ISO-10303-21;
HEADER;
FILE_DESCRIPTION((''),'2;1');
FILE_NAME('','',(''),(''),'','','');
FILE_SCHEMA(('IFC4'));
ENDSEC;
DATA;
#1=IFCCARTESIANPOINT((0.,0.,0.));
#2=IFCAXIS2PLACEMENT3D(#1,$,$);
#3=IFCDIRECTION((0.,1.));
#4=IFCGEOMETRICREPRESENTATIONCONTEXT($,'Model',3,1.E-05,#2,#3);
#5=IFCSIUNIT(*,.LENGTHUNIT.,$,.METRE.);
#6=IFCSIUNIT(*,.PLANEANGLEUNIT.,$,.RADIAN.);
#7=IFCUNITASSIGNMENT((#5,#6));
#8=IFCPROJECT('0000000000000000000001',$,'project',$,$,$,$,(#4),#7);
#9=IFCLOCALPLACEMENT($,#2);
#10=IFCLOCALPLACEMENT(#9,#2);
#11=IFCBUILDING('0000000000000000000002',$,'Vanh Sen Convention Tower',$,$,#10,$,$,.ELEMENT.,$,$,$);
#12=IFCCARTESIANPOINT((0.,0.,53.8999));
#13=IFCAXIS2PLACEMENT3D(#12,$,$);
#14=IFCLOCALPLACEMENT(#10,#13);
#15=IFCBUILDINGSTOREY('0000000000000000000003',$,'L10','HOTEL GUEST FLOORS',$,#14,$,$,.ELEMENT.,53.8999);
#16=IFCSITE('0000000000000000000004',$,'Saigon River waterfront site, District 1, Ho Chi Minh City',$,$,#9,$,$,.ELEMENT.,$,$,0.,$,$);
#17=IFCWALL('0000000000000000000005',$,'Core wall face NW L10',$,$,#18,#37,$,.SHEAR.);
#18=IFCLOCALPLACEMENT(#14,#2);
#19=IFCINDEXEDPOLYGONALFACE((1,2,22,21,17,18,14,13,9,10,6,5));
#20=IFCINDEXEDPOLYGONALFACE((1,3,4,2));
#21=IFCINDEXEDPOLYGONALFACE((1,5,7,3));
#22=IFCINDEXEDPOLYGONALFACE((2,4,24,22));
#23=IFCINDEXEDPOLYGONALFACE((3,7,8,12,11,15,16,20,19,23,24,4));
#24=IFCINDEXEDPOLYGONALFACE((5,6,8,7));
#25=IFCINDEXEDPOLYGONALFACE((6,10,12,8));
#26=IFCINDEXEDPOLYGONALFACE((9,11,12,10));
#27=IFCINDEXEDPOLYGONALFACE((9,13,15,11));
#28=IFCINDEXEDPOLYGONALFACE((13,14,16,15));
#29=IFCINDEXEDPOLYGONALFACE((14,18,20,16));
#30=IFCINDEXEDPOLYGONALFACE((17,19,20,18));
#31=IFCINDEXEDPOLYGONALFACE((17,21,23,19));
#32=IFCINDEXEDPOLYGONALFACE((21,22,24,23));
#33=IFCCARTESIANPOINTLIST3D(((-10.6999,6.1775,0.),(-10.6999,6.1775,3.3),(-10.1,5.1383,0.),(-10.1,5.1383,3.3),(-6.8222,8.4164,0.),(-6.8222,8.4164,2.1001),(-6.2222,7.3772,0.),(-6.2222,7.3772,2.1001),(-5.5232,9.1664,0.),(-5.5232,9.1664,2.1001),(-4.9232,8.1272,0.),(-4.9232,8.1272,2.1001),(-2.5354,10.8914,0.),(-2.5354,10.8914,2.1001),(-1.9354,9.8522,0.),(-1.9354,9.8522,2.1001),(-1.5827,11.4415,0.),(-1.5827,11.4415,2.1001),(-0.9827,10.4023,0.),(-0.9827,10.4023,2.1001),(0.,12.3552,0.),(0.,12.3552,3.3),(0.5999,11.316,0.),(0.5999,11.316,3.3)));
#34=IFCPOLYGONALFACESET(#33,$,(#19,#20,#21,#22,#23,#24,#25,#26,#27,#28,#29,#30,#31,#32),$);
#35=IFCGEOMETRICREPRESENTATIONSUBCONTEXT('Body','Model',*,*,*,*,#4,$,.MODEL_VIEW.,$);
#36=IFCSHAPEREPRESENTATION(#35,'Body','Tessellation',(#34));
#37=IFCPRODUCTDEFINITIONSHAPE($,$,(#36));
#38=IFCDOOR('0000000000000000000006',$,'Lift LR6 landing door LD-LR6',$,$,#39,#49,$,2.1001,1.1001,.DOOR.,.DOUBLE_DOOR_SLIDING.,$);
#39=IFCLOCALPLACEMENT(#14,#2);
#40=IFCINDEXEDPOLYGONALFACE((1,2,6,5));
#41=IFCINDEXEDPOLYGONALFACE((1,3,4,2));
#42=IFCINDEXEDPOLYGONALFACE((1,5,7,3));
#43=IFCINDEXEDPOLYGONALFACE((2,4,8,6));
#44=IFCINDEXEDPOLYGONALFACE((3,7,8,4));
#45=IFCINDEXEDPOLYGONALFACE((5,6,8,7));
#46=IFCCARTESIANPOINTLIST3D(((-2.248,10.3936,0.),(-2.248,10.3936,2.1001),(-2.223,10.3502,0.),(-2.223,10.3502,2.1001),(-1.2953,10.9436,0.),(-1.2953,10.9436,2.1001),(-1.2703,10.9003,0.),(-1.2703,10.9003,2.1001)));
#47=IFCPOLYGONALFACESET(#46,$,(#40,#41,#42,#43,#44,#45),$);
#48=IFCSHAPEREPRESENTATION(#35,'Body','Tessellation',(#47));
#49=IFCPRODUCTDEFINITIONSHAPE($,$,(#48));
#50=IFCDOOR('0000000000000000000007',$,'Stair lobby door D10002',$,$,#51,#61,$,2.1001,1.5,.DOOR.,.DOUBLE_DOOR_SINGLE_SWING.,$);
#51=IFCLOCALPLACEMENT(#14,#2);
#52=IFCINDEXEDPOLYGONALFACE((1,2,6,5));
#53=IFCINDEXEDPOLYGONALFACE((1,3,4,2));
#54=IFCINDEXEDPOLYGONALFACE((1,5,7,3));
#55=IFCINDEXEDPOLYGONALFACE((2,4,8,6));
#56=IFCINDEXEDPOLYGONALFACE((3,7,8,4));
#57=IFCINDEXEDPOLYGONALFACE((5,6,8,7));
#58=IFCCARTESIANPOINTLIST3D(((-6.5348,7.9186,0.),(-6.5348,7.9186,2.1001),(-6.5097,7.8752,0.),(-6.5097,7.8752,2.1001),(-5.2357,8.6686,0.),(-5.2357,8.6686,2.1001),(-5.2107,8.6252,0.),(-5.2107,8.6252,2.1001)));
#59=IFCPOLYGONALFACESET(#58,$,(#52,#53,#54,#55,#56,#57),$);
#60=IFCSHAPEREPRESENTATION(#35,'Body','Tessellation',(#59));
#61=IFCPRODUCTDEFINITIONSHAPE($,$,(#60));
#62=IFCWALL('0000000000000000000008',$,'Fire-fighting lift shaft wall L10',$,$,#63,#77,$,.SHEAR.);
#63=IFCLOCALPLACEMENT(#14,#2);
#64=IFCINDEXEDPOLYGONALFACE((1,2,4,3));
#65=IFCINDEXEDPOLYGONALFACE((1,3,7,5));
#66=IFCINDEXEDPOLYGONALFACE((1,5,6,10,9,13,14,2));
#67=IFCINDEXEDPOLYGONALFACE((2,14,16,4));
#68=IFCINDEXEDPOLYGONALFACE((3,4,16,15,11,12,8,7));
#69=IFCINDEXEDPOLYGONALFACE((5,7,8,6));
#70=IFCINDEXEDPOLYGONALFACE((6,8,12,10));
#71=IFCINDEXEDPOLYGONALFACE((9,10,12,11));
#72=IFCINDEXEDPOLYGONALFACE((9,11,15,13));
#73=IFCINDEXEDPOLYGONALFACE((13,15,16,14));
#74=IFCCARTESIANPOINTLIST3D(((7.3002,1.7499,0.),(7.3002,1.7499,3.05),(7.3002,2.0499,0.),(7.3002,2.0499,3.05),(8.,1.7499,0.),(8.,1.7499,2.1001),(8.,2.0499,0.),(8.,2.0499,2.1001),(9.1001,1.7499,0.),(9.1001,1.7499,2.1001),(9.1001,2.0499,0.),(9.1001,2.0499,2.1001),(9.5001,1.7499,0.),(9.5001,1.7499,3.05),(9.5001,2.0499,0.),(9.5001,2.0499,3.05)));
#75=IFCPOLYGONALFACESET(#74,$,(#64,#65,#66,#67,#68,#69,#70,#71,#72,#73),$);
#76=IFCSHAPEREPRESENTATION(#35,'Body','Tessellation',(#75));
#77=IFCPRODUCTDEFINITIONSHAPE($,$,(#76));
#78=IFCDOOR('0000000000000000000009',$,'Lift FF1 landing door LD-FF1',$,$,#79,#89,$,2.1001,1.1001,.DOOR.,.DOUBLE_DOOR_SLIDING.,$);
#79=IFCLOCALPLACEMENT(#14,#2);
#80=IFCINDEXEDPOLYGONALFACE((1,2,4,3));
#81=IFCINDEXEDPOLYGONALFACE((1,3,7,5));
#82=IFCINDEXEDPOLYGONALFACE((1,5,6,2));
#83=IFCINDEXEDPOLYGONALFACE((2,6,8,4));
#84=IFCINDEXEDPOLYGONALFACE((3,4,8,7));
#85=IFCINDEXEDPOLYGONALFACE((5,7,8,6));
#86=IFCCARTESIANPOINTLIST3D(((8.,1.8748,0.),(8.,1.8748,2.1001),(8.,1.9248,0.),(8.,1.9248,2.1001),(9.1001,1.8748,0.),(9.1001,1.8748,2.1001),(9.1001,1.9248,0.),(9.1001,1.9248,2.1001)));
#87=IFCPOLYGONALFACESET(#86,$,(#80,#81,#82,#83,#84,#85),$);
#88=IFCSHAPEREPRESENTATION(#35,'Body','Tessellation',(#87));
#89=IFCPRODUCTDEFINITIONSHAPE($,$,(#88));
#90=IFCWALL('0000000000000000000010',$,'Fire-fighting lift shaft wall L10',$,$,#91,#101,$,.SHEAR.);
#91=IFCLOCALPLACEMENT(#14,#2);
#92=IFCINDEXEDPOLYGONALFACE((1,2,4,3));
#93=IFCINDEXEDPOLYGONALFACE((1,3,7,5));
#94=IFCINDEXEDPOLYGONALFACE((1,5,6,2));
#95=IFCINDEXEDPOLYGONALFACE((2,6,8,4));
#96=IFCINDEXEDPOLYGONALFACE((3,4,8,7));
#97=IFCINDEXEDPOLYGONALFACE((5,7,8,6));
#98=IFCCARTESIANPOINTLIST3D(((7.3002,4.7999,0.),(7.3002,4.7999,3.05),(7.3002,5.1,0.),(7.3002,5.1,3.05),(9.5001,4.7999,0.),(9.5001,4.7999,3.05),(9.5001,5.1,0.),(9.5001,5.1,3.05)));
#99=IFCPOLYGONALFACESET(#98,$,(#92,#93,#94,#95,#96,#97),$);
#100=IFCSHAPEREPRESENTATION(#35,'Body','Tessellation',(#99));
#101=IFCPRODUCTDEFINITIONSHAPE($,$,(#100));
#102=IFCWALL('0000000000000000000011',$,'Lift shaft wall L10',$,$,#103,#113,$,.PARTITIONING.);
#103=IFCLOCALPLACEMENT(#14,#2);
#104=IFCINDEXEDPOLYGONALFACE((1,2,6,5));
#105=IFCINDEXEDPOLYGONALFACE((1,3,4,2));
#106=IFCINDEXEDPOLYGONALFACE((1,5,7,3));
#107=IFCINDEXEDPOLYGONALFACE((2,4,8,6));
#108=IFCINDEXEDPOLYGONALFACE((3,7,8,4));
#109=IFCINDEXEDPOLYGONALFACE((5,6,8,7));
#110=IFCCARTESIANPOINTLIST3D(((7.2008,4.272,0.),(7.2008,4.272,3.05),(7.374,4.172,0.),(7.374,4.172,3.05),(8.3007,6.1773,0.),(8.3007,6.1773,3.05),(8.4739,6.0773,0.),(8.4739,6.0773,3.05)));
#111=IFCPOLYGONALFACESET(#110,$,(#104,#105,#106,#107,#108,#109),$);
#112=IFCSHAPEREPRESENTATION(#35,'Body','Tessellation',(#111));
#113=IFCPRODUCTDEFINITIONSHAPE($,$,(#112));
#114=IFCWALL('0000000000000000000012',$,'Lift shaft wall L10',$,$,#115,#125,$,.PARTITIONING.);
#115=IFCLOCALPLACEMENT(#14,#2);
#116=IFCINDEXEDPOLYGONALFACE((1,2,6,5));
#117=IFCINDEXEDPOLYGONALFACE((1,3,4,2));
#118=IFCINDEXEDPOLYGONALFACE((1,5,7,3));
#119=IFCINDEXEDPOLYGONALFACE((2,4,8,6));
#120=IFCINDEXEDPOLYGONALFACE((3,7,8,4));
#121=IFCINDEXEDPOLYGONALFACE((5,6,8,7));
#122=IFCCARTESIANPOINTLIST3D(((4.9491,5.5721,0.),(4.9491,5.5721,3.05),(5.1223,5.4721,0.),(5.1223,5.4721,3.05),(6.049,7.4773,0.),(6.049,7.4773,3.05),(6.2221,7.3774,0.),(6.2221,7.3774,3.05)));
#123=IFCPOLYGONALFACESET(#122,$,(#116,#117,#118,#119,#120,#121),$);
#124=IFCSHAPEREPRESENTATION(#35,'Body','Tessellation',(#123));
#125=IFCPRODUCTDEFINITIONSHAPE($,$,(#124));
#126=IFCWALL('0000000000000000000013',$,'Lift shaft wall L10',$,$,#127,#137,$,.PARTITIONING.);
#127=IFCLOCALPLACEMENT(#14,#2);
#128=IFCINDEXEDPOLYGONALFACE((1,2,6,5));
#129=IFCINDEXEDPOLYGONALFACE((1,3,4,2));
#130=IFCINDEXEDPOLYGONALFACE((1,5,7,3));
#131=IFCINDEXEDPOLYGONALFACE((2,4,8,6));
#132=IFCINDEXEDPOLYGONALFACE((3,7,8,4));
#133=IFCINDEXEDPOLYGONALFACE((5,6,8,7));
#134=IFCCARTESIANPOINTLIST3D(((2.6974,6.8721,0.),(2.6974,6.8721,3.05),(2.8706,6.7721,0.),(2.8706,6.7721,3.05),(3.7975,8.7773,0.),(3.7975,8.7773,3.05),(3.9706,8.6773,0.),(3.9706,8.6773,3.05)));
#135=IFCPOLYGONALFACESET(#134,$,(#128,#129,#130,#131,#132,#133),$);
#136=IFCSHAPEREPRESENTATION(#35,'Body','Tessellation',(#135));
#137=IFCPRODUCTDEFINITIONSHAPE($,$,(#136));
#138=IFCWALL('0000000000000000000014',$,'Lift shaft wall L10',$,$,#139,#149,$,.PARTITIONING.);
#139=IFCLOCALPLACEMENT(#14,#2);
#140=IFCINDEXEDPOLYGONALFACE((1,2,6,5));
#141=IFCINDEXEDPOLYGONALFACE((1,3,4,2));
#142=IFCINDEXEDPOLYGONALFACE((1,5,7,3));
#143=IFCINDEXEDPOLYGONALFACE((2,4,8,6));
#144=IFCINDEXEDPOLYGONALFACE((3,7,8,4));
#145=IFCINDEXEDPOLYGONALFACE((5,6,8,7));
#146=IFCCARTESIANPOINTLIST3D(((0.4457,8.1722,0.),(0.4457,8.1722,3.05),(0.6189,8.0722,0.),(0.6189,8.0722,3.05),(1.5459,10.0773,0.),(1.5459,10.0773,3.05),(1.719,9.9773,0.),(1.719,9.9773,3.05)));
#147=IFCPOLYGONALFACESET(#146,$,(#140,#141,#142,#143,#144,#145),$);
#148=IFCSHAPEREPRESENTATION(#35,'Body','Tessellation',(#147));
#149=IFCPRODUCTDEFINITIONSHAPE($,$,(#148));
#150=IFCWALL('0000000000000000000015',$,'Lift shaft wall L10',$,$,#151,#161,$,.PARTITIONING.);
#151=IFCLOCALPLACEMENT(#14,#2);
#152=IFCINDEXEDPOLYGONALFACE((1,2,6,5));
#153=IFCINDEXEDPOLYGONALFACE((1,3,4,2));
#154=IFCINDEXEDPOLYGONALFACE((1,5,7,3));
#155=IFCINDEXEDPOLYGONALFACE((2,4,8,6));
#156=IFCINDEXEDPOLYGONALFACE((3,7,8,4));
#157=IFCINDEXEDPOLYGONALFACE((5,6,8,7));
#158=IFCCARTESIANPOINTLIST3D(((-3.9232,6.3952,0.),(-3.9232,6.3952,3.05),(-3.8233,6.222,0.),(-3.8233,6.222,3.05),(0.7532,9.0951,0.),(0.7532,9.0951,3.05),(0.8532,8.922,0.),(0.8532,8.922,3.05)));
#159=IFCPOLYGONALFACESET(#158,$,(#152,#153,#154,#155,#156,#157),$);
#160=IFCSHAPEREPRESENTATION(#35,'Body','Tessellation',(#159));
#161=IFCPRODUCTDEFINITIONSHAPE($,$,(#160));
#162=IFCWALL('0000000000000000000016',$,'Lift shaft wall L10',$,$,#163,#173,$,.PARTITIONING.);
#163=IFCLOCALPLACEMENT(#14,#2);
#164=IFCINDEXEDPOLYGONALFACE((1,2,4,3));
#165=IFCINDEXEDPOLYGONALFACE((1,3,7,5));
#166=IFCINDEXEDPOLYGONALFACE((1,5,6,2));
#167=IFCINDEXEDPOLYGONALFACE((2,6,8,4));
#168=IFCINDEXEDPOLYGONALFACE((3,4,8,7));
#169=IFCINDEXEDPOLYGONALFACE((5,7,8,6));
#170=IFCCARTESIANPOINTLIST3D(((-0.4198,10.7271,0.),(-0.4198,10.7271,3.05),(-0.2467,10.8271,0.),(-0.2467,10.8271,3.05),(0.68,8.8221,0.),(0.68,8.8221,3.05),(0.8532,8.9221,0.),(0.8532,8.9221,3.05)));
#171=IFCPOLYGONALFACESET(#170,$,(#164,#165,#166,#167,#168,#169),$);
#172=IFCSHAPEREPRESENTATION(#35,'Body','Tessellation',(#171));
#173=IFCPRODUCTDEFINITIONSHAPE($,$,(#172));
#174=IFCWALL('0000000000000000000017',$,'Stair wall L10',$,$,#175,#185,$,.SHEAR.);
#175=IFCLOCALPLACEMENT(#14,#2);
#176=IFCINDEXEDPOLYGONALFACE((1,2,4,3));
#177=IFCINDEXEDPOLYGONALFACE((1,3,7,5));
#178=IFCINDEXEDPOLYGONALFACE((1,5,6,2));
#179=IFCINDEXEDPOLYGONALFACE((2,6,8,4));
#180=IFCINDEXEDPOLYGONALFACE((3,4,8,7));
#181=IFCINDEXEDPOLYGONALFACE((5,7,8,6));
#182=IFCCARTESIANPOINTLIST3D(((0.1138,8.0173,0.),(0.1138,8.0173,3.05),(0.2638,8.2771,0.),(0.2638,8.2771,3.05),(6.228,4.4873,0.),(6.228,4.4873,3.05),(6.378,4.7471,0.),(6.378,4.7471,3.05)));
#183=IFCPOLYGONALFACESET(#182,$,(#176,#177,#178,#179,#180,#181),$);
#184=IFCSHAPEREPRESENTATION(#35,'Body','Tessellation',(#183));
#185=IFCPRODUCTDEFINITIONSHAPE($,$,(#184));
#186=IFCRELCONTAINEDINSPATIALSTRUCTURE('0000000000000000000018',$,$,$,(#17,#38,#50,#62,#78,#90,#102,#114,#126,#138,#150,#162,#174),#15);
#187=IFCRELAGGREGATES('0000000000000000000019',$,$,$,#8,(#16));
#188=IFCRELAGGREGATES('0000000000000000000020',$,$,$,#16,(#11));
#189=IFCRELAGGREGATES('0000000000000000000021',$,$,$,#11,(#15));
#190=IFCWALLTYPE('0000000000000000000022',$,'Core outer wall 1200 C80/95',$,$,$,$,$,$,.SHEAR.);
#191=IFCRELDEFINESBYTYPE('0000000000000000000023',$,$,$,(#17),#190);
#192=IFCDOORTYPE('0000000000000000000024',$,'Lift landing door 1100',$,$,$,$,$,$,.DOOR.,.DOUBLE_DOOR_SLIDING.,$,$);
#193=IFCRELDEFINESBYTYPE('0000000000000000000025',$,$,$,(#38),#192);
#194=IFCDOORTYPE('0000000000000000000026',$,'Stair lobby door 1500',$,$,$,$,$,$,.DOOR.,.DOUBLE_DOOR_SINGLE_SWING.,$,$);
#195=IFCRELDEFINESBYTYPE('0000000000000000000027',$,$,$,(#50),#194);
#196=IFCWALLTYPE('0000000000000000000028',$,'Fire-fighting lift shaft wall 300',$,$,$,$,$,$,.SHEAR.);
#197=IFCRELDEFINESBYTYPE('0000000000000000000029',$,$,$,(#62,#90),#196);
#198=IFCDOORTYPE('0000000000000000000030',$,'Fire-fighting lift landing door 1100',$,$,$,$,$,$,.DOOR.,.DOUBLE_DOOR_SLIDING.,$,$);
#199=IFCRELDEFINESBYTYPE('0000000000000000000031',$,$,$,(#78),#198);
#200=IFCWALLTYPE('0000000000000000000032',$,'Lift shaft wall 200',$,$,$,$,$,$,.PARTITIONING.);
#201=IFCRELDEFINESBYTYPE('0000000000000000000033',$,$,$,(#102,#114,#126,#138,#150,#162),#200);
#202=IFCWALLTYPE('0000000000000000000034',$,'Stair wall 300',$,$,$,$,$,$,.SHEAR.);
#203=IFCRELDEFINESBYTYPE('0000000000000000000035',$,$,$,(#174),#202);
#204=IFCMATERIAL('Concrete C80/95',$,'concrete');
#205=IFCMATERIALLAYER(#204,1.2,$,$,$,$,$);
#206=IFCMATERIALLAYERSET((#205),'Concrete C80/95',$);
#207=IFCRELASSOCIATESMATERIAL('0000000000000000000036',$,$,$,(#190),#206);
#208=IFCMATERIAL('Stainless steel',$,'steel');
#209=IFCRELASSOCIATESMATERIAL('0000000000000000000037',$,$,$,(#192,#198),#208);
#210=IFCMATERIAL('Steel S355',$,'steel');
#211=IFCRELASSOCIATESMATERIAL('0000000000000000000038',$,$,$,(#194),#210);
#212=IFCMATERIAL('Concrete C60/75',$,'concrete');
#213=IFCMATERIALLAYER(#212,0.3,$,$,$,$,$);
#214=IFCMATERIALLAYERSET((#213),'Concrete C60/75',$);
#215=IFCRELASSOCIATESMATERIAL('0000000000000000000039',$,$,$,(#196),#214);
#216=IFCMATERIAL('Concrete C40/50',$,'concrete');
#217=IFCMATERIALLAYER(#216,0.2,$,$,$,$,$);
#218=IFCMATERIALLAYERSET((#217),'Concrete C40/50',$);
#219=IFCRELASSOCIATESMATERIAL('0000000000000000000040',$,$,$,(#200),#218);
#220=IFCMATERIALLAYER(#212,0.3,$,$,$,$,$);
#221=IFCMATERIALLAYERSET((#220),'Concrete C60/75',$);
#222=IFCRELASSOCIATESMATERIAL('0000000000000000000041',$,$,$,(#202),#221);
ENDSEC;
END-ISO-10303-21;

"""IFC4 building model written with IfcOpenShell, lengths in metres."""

from ifc_helpers import new_model, si_unit, direction, frame, frame_2d, origin, place, context, subcontext, project, spatial, rectangle, extrude, material, layer, layer_set, type_object, element, fill, save


model = new_model("IFC4")

# Units and contexts
model_context = context("Model", 3, precision=1e-05, world=origin(), true_north=direction((0.0, 1.0)))
body_context = subcontext(model_context, "Body", "Model", "MODEL_VIEW")
ifc_project = project(units=[si_unit("LENGTHUNIT", "METRE"), si_unit("PLANEANGLEUNIT", "RADIAN")], contexts=[model_context])

# Site, building, storey
site_placement = place(None, origin())
site = spatial("IfcSite", under=ifc_project, at=site_placement, Name="Saigon River waterfront site, District 1, Ho Chi Minh City", CompositionType="ELEMENT", RefElevation=0.0)
building_placement = place(site_placement, origin())
building = spatial("IfcBuilding", under=site, at=building_placement, Name="Vanh Sen Convention Tower", CompositionType="ELEMENT")
storey_placement = place(building_placement, frame((0.0, 0.0, 53.8999)))
storey = spatial("IfcBuildingStorey", under=building, at=storey_placement, Name="L10", Description="HOTEL GUEST FLOORS", CompositionType="ELEMENT", Elevation=53.8999)

# Wall, openings, doors
ifc_material_1 = material(Name="Concrete C80/95", Category="concrete")
ifc_layer_1 = layer(ifc_material_1, 1.2)
ifc_layer_set_1 = layer_set([ifc_layer_1], Name="Concrete C80/95")
wall_type_1 = type_object("IfcWallType", Name="Core outer wall 1200 C80/95", PredefinedType="SHEAR", material=ifc_layer_set_1)
wall_1_placement = place(storey_placement, frame((0.3, 11.8357, 0.0), z_axis=(0.0, 0.0, 1.0), x_axis=(-0.866021, -0.500007, 0.0)))
wall_1 = element("IfcWall", 1, at=wall_1_placement, inside=storey, type_object=wall_type_1, Name="Core wall face NW L10", PredefinedType="SHEAR", context=body_context, shape_type="SweptSolid", body=[
    extrude(rectangle(XDim=12.3552, YDim=1.2, at=frame_2d((6.1777, 0.0))), origin(), (0.0, 0.0, 1.0), 3.3),
])
opening_1_placement = place(wall_1_placement, frame((6.3777, 0.0, 0.0)))
opening_1 = element("IfcOpeningElement", 2, at=opening_1_placement, cuts=wall_1, PredefinedType="OPENING", context=body_context, shape_type="SweptSolid", body=[
    extrude(rectangle(XDim=1.5, YDim=2.1001, at=frame_2d((0.75, 1.05))), frame((0.0, 0.6099, 0.0), z_axis=(0.0, -1.0, 0.0), x_axis=(1.0, 0.0, 0.0)), (0.0, 0.0, 1.0), 1.22),
])
opening_2_placement = place(wall_1_placement, frame((1.8276, 0.0, 0.0)))
opening_2 = element("IfcOpeningElement", 3, at=opening_2_placement, cuts=wall_1, PredefinedType="OPENING", context=body_context, shape_type="SweptSolid", body=[
    extrude(rectangle(XDim=1.1001, YDim=2.1001, at=frame_2d((0.55, 1.05))), frame((0.0, 0.6099, 0.0), z_axis=(0.0, -1.0, 0.0), x_axis=(1.0, 0.0, 0.0)), (0.0, 0.0, 1.0), 1.22),
])
ifc_material_2 = material(Name="Stainless steel", Category="steel")
door_type_1 = type_object("IfcDoorType", Name="Lift landing door 1100", OperationType="DOUBLE_DOOR_SLIDING", PredefinedType="DOOR", material=ifc_material_2)
door_1_placement = place(opening_2_placement, origin())
door_1 = element("IfcDoor", 4, at=door_1_placement, inside=storey, type_object=door_type_1, Name="Lift LR6 landing door LD-LR6", OperationType="DOUBLE_DOOR_SLIDING", OverallHeight=2.1001, OverallWidth=1.1001, PredefinedType="DOOR", context=body_context, shape_type="SweptSolid", body=[
    extrude(rectangle(XDim=1.1001, YDim=2.1001, at=frame_2d((0.55, 1.05))), frame((0.0, 0.0249, 0.0), z_axis=(0.0, -1.0, 0.0), x_axis=(1.0, 0.0, 0.0)), (0.0, 0.0, 1.0), 0.05),
])
fill(opening_2, door_1)
ifc_material_3 = material(Name="Steel S355", Category="steel")
door_type_2 = type_object("IfcDoorType", Name="Stair lobby door 1500", OperationType="DOUBLE_DOOR_SINGLE_SWING", PredefinedType="DOOR", material=ifc_material_3)
door_2_placement = place(opening_1_placement, origin())
door_2 = element("IfcDoor", 5, at=door_2_placement, inside=storey, type_object=door_type_2, Name="Stair lobby door D10002", OperationType="DOUBLE_DOOR_SINGLE_SWING", OverallHeight=2.1001, OverallWidth=1.5, PredefinedType="DOOR", context=body_context, shape_type="SweptSolid", body=[
    extrude(rectangle(XDim=1.5, YDim=2.1001, at=frame_2d((0.75, 1.05))), frame((0.0, 0.0249, 0.0), z_axis=(0.0, -1.0, 0.0), x_axis=(1.0, 0.0, 0.0)), (0.0, 0.0, 1.0), 0.05),
])
fill(opening_1, door_2)

# Wall, opening, door
ifc_material_4 = material(Name="Concrete C60/75", Category="concrete")
ifc_layer_2 = layer(ifc_material_4, 0.3)
ifc_layer_set_2 = layer_set([ifc_layer_2], Name="Concrete C60/75")
wall_type_2 = type_object("IfcWallType", Name="Fire-fighting lift shaft wall 300", PredefinedType="SHEAR", material=ifc_layer_set_2)
wall_2_placement = place(storey_placement, frame((7.3, 1.8999, 0.0), z_axis=(0.0, 0.0, 1.0), x_axis=(1.0, 0.0, 0.0)))
wall_2 = element("IfcWall", 6, at=wall_2_placement, inside=storey, type_object=wall_type_2, Name="Fire-fighting lift shaft wall L10", PredefinedType="SHEAR", context=body_context, shape_type="SweptSolid", body=[
    extrude(rectangle(XDim=2.2, YDim=0.3, at=frame_2d((1.1001, 0.0))), origin(), (0.0, 0.0, 1.0), 3.05),
])
opening_3_placement = place(wall_2_placement, frame((0.7, 0.0, 0.0)))
opening_3 = element("IfcOpeningElement", 7, at=opening_3_placement, cuts=wall_2, PredefinedType="OPENING", context=body_context, shape_type="SweptSolid", body=[
    extrude(rectangle(XDim=1.1001, YDim=2.1001, at=frame_2d((0.55, 1.05))), frame((0.0, 0.1599, 0.0), z_axis=(0.0, -1.0, 0.0), x_axis=(1.0, 0.0, 0.0)), (0.0, 0.0, 1.0), 0.3201),
])
door_type_3 = type_object("IfcDoorType", Name="Fire-fighting lift landing door 1100", OperationType="DOUBLE_DOOR_SLIDING", PredefinedType="DOOR", material=ifc_material_2)
door_3_placement = place(opening_3_placement, origin())
door_3 = element("IfcDoor", 8, at=door_3_placement, inside=storey, type_object=door_type_3, Name="Lift FF1 landing door LD-FF1", OperationType="DOUBLE_DOOR_SLIDING", OverallHeight=2.1001, OverallWidth=1.1001, PredefinedType="DOOR", context=body_context, shape_type="SweptSolid", body=[
    extrude(rectangle(XDim=1.1001, YDim=2.1001, at=frame_2d((0.55, 1.05))), frame((0.0, 0.0249, 0.0), z_axis=(0.0, -1.0, 0.0), x_axis=(1.0, 0.0, 0.0)), (0.0, 0.0, 1.0), 0.05),
])
fill(opening_3, door_3)

# Walls
wall_3_placement = place(storey_placement, frame((7.3, 4.95, 0.0), z_axis=(0.0, 0.0, 1.0), x_axis=(1.0, 0.0, 0.0)))
element("IfcWall", 9, at=wall_3_placement, inside=storey, type_object=wall_type_2, Name="Fire-fighting lift shaft wall L10", PredefinedType="SHEAR", context=body_context, shape_type="SweptSolid", body=[
    extrude(rectangle(XDim=2.2, YDim=0.3, at=frame_2d((1.1001, 0.0))), origin(), (0.0, 0.0, 1.0), 3.05),
])
ifc_material_5 = material(Name="Concrete C40/50", Category="concrete")
ifc_layer_3 = layer(ifc_material_5, 0.2)
ifc_layer_set_3 = layer_set([ifc_layer_3], Name="Concrete C40/50")
wall_type_3 = type_object("IfcWallType", Name="Lift shaft wall 200", PredefinedType="PARTITIONING", material=ifc_layer_set_3)
for number, where, z_axis, x_axis, name in (
    (10, (7.2874, 4.2219, 0.0), (0.0, 0.0, 1.0), (0.499947, 0.866056, 0.0), "Lift shaft wall L10"),
    (11, (5.0356, 5.522, 0.0), (0.0, 0.0, 1.0), (0.499947, 0.866056, 0.0), "Lift shaft wall L10"),
    (12, (2.7839, 6.822, 0.0), (0.0, 0.0, 1.0), (0.50003, 0.866008, 0.0), "Lift shaft wall L10"),
    (13, (0.5322, 8.1221, 0.0), (0.0, 0.0, 1.0), (0.500078, 0.86598, 0.0), "Lift shaft wall L10"),
):
    element("IfcWall", number, at=place(storey_placement, frame(where, z_axis=z_axis, x_axis=x_axis)), inside=storey, type_object=wall_type_3, Name=name, PredefinedType="PARTITIONING", context=body_context, shape_type="SweptSolid", body=[
        extrude(rectangle(XDim=2.2, YDim=0.2, at=frame_2d((1.1001, 0.0))), origin(), (0.0, 0.0, 1.0), 3.05),
    ])
wall_4_placement = place(storey_placement, frame((0.8032, 9.0085, 0.0), z_axis=(0.0, 0.0, 1.0), x_axis=(-0.866028, -0.499995, 0.0)))
element("IfcWall", 14, at=wall_4_placement, inside=storey, type_object=wall_type_3, Name="Lift shaft wall L10", PredefinedType="PARTITIONING", context=body_context, shape_type="SweptSolid", body=[
    extrude(rectangle(XDim=5.3999, YDim=0.2, at=frame_2d((2.7, 0.0))), origin(), (0.0, 0.0, 1.0), 3.05),
])
wall_5_placement = place(storey_placement, frame((0.7666, 8.8721, 0.0), z_axis=(0.0, 0.0, 1.0), x_axis=(-0.499995, 0.866028, 0.0)))
element("IfcWall", 15, at=wall_5_placement, inside=storey, type_object=wall_type_3, Name="Lift shaft wall L10", PredefinedType="PARTITIONING", context=body_context, shape_type="SweptSolid", body=[
    extrude(rectangle(XDim=2.1997, YDim=0.2, at=frame_2d((1.0999, 0.0))), origin(), (0.0, 0.0, 1.0), 3.05),
])
ifc_layer_4 = layer(ifc_material_4, 0.3)
ifc_layer_set_4 = layer_set([ifc_layer_4], Name="Concrete C60/75")
wall_type_4 = type_object("IfcWallType", Name="Stair wall 300", PredefinedType="SHEAR", material=ifc_layer_set_4)
wall_6_placement = place(storey_placement, frame((6.303, 4.6172, 0.0), z_axis=(0.0, 0.0, 1.0), x_axis=(-0.866028, 0.499996, 0.0)))
element("IfcWall", 16, at=wall_6_placement, inside=storey, type_object=wall_type_4, Name="Stair wall L10", PredefinedType="SHEAR", context=body_context, shape_type="SweptSolid", body=[
    extrude(rectangle(XDim=7.0601, YDim=0.3, at=frame_2d((3.53, 0.0))), origin(), (0.0, 0.0, 1.0), 3.05),
])

save(model, "model.ifc")
